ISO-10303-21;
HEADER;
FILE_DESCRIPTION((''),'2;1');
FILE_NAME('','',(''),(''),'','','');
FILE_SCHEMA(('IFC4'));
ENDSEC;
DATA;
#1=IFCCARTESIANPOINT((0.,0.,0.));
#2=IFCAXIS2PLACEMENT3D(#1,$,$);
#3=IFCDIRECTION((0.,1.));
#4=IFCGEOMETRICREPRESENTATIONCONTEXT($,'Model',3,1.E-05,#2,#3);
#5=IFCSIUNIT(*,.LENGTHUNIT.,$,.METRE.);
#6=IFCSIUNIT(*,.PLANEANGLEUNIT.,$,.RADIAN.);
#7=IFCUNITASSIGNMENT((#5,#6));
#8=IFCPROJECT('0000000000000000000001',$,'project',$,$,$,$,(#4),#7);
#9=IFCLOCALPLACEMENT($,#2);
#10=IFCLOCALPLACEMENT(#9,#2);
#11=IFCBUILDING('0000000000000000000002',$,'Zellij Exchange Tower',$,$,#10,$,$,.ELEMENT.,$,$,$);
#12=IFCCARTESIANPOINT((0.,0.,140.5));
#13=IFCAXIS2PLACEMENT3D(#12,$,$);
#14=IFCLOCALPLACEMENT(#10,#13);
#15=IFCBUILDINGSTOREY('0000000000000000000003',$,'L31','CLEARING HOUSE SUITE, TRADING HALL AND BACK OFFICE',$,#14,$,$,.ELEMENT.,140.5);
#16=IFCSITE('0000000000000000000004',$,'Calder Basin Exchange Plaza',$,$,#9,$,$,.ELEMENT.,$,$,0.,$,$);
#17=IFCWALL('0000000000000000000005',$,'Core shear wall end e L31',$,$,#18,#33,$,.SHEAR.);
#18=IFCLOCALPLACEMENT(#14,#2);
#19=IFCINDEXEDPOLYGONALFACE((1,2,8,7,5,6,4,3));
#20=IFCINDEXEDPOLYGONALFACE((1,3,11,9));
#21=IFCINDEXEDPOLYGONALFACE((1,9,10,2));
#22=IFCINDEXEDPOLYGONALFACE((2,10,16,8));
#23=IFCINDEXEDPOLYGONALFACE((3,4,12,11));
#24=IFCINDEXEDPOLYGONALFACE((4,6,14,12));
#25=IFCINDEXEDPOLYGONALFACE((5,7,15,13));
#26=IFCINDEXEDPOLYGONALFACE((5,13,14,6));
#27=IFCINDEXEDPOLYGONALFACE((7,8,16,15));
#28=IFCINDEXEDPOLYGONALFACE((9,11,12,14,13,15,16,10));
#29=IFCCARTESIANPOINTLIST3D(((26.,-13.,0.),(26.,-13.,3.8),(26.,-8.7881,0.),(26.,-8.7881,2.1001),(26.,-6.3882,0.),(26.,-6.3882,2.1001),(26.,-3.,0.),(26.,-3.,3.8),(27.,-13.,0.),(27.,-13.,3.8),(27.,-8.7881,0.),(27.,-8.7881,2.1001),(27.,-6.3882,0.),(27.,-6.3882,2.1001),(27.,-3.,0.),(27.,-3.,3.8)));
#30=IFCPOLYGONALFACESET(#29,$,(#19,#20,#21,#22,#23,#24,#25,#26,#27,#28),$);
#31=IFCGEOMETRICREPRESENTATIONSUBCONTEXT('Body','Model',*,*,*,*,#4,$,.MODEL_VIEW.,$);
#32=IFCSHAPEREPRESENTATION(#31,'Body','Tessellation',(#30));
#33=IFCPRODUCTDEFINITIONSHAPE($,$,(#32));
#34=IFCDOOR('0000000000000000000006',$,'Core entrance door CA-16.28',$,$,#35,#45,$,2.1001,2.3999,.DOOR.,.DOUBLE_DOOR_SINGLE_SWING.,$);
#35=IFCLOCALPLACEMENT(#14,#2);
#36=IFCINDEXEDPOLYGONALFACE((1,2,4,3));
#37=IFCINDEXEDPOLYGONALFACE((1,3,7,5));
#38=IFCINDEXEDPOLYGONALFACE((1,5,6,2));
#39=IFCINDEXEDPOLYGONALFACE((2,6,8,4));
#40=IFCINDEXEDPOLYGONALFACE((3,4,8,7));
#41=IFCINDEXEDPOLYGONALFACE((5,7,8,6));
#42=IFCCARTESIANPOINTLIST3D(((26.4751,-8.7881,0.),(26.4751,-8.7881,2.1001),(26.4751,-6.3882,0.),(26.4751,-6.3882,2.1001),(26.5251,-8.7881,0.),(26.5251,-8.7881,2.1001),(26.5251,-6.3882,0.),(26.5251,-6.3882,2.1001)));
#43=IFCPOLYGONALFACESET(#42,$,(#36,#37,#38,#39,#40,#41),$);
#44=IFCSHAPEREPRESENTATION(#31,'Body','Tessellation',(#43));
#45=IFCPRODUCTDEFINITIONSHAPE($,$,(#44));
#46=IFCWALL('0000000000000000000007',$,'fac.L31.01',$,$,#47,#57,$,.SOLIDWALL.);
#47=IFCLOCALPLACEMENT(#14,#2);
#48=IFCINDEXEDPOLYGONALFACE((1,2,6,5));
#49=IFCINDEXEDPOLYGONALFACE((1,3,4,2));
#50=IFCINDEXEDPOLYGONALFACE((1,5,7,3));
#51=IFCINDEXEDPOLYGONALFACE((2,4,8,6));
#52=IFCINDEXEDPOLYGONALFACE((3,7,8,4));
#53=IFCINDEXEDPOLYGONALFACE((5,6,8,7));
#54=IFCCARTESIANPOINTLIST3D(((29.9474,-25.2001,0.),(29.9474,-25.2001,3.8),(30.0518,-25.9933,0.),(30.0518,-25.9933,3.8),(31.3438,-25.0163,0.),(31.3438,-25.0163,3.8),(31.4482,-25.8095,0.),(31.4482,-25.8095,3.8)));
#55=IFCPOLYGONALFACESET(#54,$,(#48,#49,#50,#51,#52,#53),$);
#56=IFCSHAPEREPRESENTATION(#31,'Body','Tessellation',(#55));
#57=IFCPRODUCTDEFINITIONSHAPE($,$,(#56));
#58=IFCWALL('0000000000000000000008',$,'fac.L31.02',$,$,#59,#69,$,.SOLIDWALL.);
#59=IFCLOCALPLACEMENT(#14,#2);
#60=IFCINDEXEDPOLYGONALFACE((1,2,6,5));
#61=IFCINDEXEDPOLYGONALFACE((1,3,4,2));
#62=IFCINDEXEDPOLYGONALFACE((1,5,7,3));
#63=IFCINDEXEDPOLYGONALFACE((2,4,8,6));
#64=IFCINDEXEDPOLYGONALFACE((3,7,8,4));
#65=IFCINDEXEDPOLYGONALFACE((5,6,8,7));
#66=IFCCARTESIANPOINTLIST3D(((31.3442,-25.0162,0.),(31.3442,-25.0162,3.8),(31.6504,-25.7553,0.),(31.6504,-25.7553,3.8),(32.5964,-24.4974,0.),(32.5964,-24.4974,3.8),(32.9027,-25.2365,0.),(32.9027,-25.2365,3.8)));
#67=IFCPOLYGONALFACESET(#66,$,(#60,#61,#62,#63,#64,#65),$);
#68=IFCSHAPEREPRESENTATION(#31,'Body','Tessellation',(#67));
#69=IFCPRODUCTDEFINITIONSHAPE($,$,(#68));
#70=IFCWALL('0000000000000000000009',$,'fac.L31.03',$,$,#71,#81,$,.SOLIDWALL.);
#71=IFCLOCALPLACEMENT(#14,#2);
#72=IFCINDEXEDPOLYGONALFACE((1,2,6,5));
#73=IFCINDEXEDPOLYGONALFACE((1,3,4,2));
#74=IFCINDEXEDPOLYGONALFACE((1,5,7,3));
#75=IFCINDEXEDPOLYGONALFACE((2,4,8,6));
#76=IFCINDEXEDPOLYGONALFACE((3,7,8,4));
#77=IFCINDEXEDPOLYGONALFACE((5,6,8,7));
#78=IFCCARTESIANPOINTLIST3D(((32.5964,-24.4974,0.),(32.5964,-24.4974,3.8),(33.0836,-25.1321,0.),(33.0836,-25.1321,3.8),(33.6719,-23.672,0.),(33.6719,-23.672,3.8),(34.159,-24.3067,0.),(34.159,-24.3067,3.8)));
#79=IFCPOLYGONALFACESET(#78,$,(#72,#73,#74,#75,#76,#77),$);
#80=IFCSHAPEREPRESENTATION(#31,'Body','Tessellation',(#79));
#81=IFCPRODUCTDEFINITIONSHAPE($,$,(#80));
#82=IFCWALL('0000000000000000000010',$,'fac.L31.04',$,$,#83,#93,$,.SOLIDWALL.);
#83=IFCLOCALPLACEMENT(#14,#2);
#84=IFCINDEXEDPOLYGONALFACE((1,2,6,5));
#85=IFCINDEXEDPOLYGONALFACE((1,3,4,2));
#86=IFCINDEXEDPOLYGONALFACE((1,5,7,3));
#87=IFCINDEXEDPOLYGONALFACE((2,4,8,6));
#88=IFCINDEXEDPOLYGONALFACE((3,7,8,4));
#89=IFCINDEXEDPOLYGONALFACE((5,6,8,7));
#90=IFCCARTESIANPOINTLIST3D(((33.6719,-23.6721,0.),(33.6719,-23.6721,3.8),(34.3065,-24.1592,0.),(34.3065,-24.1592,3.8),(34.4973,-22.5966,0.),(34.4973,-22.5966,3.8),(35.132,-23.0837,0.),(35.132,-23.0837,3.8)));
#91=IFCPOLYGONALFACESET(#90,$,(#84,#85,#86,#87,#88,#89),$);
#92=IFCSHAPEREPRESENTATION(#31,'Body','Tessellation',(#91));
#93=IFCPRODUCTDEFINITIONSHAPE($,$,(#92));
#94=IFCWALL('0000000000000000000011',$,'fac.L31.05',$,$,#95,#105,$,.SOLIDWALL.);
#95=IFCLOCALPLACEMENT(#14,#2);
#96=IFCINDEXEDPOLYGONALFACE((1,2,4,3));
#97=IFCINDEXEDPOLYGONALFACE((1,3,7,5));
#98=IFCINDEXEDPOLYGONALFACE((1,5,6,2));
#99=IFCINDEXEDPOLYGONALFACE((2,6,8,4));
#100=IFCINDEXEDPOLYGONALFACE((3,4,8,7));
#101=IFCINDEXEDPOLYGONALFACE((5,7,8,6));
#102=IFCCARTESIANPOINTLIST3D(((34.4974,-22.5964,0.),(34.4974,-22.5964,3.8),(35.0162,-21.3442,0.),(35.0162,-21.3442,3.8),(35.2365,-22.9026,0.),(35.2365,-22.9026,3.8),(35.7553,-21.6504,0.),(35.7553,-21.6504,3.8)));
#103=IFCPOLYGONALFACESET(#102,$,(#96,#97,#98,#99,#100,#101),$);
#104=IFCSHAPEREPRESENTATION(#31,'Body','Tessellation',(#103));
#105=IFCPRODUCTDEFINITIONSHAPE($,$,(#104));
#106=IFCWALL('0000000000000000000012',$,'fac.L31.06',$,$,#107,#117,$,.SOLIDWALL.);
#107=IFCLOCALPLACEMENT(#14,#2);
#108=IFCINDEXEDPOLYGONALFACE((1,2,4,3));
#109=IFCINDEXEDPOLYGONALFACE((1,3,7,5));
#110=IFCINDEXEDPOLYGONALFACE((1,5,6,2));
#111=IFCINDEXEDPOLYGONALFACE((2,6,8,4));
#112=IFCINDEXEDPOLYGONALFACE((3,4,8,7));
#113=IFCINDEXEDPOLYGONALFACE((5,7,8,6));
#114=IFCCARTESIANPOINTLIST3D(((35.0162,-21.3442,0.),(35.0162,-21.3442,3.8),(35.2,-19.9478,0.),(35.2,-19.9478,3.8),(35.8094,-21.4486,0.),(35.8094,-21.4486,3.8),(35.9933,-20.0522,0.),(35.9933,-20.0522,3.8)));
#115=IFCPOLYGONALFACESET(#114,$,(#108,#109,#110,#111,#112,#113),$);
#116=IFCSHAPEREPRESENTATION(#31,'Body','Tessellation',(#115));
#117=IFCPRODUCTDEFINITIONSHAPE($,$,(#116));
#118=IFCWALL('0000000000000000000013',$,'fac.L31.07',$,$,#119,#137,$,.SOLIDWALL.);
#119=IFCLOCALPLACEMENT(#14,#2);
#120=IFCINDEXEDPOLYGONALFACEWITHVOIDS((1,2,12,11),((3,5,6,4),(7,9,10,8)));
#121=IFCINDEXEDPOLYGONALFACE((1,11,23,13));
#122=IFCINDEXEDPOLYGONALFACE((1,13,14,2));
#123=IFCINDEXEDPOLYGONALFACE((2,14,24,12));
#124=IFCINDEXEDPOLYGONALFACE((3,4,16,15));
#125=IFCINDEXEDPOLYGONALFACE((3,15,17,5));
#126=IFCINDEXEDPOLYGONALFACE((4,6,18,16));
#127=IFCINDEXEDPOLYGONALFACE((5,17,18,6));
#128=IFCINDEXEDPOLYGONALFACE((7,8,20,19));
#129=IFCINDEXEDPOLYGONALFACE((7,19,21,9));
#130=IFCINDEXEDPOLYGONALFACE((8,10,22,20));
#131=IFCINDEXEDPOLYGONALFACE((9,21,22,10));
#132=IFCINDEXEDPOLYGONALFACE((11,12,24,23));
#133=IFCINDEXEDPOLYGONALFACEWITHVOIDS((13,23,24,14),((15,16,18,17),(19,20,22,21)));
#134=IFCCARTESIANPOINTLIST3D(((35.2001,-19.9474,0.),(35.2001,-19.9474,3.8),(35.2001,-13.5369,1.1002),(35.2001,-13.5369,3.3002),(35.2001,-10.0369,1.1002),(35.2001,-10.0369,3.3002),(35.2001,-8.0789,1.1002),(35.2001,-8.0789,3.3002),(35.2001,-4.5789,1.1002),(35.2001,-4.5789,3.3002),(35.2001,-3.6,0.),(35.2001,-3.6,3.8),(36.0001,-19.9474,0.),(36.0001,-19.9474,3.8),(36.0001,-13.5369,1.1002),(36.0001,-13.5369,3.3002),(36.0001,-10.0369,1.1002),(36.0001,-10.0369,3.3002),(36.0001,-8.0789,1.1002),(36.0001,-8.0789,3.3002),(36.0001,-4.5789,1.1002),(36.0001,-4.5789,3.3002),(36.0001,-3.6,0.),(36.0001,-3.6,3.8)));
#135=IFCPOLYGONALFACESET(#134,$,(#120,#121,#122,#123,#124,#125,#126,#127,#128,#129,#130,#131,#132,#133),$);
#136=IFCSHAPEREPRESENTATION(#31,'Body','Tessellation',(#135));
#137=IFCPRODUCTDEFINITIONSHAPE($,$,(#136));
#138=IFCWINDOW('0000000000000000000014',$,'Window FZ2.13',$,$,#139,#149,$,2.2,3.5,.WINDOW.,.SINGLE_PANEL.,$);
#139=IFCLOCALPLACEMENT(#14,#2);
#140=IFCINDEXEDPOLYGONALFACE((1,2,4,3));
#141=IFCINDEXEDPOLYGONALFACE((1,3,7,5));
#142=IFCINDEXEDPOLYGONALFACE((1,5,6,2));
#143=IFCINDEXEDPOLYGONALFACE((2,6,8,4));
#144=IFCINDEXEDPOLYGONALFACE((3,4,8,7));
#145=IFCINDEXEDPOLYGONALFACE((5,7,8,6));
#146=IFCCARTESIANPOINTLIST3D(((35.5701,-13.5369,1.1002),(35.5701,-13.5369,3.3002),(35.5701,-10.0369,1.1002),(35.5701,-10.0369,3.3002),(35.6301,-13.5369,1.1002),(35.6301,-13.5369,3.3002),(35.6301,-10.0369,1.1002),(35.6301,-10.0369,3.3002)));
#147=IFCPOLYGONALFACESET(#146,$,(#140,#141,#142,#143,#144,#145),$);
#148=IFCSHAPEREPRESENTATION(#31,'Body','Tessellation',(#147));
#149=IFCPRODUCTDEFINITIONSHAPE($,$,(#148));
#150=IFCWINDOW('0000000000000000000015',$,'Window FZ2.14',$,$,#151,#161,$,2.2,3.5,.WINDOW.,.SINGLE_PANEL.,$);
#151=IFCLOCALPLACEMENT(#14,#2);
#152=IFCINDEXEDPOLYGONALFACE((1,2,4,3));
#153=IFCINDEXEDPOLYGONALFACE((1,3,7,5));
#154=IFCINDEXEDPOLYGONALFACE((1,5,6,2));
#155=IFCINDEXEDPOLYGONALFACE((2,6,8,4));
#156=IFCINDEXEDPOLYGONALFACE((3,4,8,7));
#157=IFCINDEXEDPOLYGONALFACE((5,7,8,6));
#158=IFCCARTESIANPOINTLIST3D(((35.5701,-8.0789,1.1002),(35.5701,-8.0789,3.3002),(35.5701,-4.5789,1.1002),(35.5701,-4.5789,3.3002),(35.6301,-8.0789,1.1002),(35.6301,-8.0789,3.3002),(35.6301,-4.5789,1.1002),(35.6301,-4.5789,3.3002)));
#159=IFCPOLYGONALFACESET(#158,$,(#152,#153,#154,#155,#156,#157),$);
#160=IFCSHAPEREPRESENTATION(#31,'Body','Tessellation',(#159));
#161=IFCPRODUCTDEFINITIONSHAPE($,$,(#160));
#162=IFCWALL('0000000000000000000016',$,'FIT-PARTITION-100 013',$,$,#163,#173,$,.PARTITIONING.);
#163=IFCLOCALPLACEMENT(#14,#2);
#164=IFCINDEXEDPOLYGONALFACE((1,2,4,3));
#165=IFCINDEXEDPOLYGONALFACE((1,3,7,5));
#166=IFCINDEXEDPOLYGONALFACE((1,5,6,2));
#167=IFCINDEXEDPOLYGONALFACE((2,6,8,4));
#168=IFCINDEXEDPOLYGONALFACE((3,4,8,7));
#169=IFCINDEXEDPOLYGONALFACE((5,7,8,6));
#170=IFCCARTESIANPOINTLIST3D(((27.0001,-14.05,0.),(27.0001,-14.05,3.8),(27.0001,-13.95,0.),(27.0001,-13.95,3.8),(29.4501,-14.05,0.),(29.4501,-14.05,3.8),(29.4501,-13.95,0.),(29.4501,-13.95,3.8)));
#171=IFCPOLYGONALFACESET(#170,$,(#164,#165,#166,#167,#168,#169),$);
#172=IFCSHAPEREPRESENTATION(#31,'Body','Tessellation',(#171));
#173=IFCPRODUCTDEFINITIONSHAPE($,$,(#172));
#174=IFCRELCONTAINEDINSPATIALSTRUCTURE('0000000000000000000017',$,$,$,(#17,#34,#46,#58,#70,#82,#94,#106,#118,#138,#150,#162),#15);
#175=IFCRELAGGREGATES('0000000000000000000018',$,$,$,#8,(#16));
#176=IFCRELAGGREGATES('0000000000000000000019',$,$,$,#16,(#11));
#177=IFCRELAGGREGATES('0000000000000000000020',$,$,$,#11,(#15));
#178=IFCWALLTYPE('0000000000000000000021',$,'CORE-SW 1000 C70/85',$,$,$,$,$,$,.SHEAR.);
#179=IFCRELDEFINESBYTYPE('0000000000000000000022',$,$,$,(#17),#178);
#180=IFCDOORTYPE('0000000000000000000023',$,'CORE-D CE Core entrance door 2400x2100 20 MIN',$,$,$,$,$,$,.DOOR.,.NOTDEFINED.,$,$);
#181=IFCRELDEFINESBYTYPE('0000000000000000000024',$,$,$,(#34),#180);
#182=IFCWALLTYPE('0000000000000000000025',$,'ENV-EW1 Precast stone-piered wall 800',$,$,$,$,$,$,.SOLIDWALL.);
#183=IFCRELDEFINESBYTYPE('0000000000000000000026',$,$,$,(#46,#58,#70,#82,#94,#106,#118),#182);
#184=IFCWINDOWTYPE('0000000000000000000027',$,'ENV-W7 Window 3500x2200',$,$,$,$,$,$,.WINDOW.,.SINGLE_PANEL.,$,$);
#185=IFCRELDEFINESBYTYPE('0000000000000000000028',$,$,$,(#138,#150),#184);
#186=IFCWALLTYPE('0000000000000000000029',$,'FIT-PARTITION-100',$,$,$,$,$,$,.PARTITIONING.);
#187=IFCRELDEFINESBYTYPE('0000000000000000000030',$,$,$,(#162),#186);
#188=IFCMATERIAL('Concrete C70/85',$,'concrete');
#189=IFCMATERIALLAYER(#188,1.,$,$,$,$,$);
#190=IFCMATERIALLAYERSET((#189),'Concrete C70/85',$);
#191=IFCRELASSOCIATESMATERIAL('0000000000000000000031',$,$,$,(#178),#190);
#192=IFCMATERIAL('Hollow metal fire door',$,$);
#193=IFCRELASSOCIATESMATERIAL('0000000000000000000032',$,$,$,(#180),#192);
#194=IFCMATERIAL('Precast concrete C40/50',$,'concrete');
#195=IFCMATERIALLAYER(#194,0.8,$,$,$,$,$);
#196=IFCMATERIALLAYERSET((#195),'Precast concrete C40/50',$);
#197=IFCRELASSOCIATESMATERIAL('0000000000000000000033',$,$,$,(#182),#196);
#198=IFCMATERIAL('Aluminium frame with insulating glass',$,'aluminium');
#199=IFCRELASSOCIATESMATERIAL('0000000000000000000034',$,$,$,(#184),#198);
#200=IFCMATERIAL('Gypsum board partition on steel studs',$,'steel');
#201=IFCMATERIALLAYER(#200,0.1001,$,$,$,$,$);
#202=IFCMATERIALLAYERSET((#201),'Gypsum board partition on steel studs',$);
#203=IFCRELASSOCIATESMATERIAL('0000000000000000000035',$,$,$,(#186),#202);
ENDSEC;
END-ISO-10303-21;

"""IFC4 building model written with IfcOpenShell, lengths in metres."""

from ifc_helpers import new_model, si_unit, direction, frame, frame_2d, origin, place, context, subcontext, project, spatial, rectangle, extrude, material, layer, layer_set, type_object, element, fill, save


model = new_model("IFC4")

# Units and contexts
model_context = context("Model", 3, precision=1e-05, world=origin(), true_north=direction((0.0, 1.0)))
body_context = subcontext(model_context, "Body", "Model", "MODEL_VIEW")
ifc_project = project(units=[si_unit("LENGTHUNIT", "METRE"), si_unit("PLANEANGLEUNIT", "RADIAN")], contexts=[model_context])

# Site, building, storey
site_placement = place(None, origin())
site = spatial("IfcSite", under=ifc_project, at=site_placement, Name="Calder Basin Exchange Plaza", CompositionType="ELEMENT", RefElevation=0.0)
building_placement = place(site_placement, origin())
building = spatial("IfcBuilding", under=site, at=building_placement, Name="Zellij Exchange Tower", CompositionType="ELEMENT")
storey_placement = place(building_placement, frame((0.0, 0.0, 140.5)))
storey = spatial("IfcBuildingStorey", under=building, at=storey_placement, Name="L31", Description="CLEARING HOUSE SUITE, TRADING HALL AND BACK OFFICE", CompositionType="ELEMENT", Elevation=140.5)

# Shared definitions
ifc_material_1 = material(Name="Concrete C70/85", Category="concrete")

# Wall, opening, door
ifc_layer_1 = layer(ifc_material_1, 1.0)
ifc_layer_set_1 = layer_set([ifc_layer_1], Name="Concrete C70/85")
wall_type_1 = type_object("IfcWallType", Name="CORE-SW 1000 C70/85", PredefinedType="SHEAR", material=ifc_layer_set_1)
wall_1_placement = place(storey_placement, frame((26.5, -13.0, 0.0), z_axis=(0.0, 0.0, 1.0), x_axis=(0.0, 1.0, 0.0)))
wall_1 = element("IfcWall", 1, at=wall_1_placement, inside=storey, type_object=wall_type_1, Name="Core shear wall end e L31", PredefinedType="SHEAR", context=body_context, shape_type="SweptSolid", body=[
    extrude(rectangle(XDim=10.0, YDim=1.0, at=frame_2d((5.0, 0.0))), origin(), (0.0, 0.0, 1.0), 3.8),
])
opening_1_placement = place(wall_1_placement, frame((4.2119, 0.0, 0.0)))
opening_1 = element("IfcOpeningElement", 2, at=opening_1_placement, cuts=wall_1, PredefinedType="OPENING", context=body_context, shape_type="SweptSolid", body=[
    extrude(rectangle(XDim=2.3999, YDim=2.1001, at=frame_2d((1.2, 1.05))), frame((0.0, 0.512, 0.0), z_axis=(0.0, -1.0, 0.0), x_axis=(1.0, 0.0, 0.0)), (0.0, 0.0, 1.0), 1.0239),
])
ifc_material_2 = material(Name="Hollow metal fire door")
door_type_1 = type_object("IfcDoorType", Name="CORE-D CE Core entrance door 2400x2100 20 MIN", OperationType="NOTDEFINED", PredefinedType="DOOR", material=ifc_material_2)
door_1_placement = place(opening_1_placement, origin())
door_1 = element("IfcDoor", 3, at=door_1_placement, inside=storey, type_object=door_type_1, Name="Core entrance door CA-16.28", OperationType="DOUBLE_DOOR_SINGLE_SWING", OverallHeight=2.1001, OverallWidth=2.3999, PredefinedType="DOOR", context=body_context, shape_type="SweptSolid", body=[
    extrude(rectangle(XDim=2.3999, YDim=2.1001, at=frame_2d((1.2, 1.05))), frame((0.0, 0.0249, 0.0), z_axis=(0.0, -1.0, 0.0), x_axis=(1.0, 0.0, 0.0)), (0.0, 0.0, 1.0), 0.05),
])
fill(opening_1, door_1)

# Walls
ifc_material_3 = material(Name="Precast concrete C40/50", Category="concrete")
ifc_layer_2 = layer(ifc_material_3, 0.8)
ifc_layer_set_2 = layer_set([ifc_layer_2], Name="Precast concrete C40/50")
wall_type_2 = type_object("IfcWallType", Name="ENV-EW1 Precast stone-piered wall 800", PredefinedType="SOLIDWALL", material=ifc_layer_set_2)
wall_2_placement = place(storey_placement, frame((29.9998, -25.5967, 0.0), z_axis=(0.0, 0.0, 1.0), x_axis=(0.991446, 0.130517, 0.0)))
element("IfcWall", 4, at=wall_2_placement, inside=storey, type_object=wall_type_2, Name="fac.L31.01", PredefinedType="SOLIDWALL", context=body_context, shape_type="SweptSolid", body=[
    extrude(rectangle(XDim=1.4084, YDim=0.8, at=frame_2d((0.7041, 0.0))), origin(), (0.0, 0.0, 1.0), 3.8),
])
wall_3_placement = place(storey_placement, frame((31.4973, -25.3857, 0.0), z_axis=(0.0, 0.0, 1.0), x_axis=(0.923848, 0.38276, 0.0)))
element("IfcWall", 5, at=wall_3_placement, inside=storey, type_object=wall_type_2, Name="fac.L31.02", PredefinedType="SOLIDWALL", context=body_context, shape_type="SweptSolid", body=[
    extrude(rectangle(XDim=1.3555, YDim=0.8, at=frame_2d((0.6777, 0.0))), origin(), (0.0, 0.0, 1.0), 3.8),
])
for number, where, z_axis, x_axis, name in (
    (6, (32.8401, -24.8147, 0.0), (0.0, 0.0, 1.0), (0.793273, 0.608866, 0.0), "fac.L31.03"),
    (7, (33.9893, -23.9155, 0.0), (0.0, 0.0, 1.0), (0.608866, 0.793273, 0.0), "fac.L31.04"),
):
    element("IfcWall", number, at=place(storey_placement, frame(where, z_axis=z_axis, x_axis=x_axis)), inside=storey, type_object=wall_type_2, Name=name, PredefinedType="SOLIDWALL", context=body_context, shape_type="SweptSolid", body=[
        extrude(rectangle(XDim=1.3557, YDim=0.8, at=frame_2d((0.6777, 0.0))), origin(), (0.0, 0.0, 1.0), 3.8),
    ])
wall_4_placement = place(storey_placement, frame((34.8669, -22.7495, 0.0), z_axis=(0.0, 0.0, 1.0), x_axis=(0.38276, 0.923848, 0.0)))
element("IfcWall", 8, at=wall_4_placement, inside=storey, type_object=wall_type_2, Name="fac.L31.05", PredefinedType="SOLIDWALL", context=body_context, shape_type="SweptSolid", body=[
    extrude(rectangle(XDim=1.3555, YDim=0.8, at=frame_2d((0.6777, 0.0))), origin(), (0.0, 0.0, 1.0), 3.8),
])
wall_5_placement = place(storey_placement, frame((35.4128, -21.3962, 0.0), z_axis=(0.0, 0.0, 1.0), x_axis=(0.130517, 0.991446, 0.0)))
element("IfcWall", 9, at=wall_5_placement, inside=storey, type_object=wall_type_2, Name="fac.L31.06", PredefinedType="SOLIDWALL", context=body_context, shape_type="SweptSolid", body=[
    extrude(rectangle(XDim=1.4084, YDim=0.8, at=frame_2d((0.7041, 0.0))), origin(), (0.0, 0.0, 1.0), 3.8),
])

# Wall, openings, windows
wall_6_placement = place(storey_placement, frame((35.6001, -19.9475, 0.0), z_axis=(0.0, 0.0, 1.0), x_axis=(0.0, 1.0, 0.0)))
wall_6 = element("IfcWall", 10, at=wall_6_placement, inside=storey, type_object=wall_type_2, Name="fac.L31.07", PredefinedType="SOLIDWALL", context=body_context, shape_type="SweptSolid", body=[
    extrude(rectangle(XDim=16.3474, YDim=0.8, at=frame_2d((8.1738, 0.0))), origin(), (0.0, 0.0, 1.0), 3.8),
])
opening_2_placement = place(wall_6_placement, frame((6.4106, 0.0, 1.1001)))
opening_2 = element("IfcOpeningElement", 11, at=opening_2_placement, cuts=wall_6, PredefinedType="OPENING", context=body_context, shape_type="SweptSolid", body=[
    extrude(rectangle(XDim=3.5, YDim=2.2, at=frame_2d((1.75, 1.1001))), frame((0.0, 0.4121, 0.0), z_axis=(0.0, -1.0, 0.0), x_axis=(1.0, 0.0, 0.0)), (0.0, 0.0, 1.0), 0.824),
])
opening_3_placement = place(wall_6_placement, frame((11.8687, 0.0, 1.1001)))
opening_3 = element("IfcOpeningElement", 12, at=opening_3_placement, cuts=wall_6, PredefinedType="OPENING", context=body_context, shape_type="SweptSolid", body=[
    extrude(rectangle(XDim=3.5, YDim=2.2, at=frame_2d((1.75, 1.1001))), frame((0.0, 0.4121, 0.0), z_axis=(0.0, -1.0, 0.0), x_axis=(1.0, 0.0, 0.0)), (0.0, 0.0, 1.0), 0.824),
])
ifc_material_4 = material(Name="Aluminium frame with insulating glass", Category="aluminium")
window_type = type_object("IfcWindowType", Name="ENV-W7 Window 3500x2200", PartitioningType="SINGLE_PANEL", PredefinedType="WINDOW", material=ifc_material_4)
window_1_placement = place(opening_2_placement, origin())
window_1 = element("IfcWindow", 13, at=window_1_placement, inside=storey, type_object=window_type, Name="Window FZ2.13", OverallHeight=2.2, OverallWidth=3.5, PartitioningType="SINGLE_PANEL", PredefinedType="WINDOW", context=body_context, shape_type="SweptSolid", body=[
    extrude(rectangle(XDim=3.5, YDim=2.2, at=frame_2d((1.75, 1.1001))), frame((0.0, 0.03, 0.0), z_axis=(0.0, -1.0, 0.0), x_axis=(1.0, 0.0, 0.0)), (0.0, 0.0, 1.0), 0.0601),
])
fill(opening_2, window_1)
window_2_placement = place(opening_3_placement, origin())
window_2 = element("IfcWindow", 14, at=window_2_placement, inside=storey, type_object=window_type, Name="Window FZ2.14", OverallHeight=2.2, OverallWidth=3.5, PartitioningType="SINGLE_PANEL", PredefinedType="WINDOW", context=body_context, shape_type="SweptSolid", body=[
    extrude(rectangle(XDim=3.5, YDim=2.2, at=frame_2d((1.75, 1.1001))), frame((0.0, 0.03, 0.0), z_axis=(0.0, -1.0, 0.0), x_axis=(1.0, 0.0, 0.0)), (0.0, 0.0, 1.0), 0.0601),
])
fill(opening_3, window_2)

# Wall
ifc_material_5 = material(Name="Gypsum board partition on steel studs", Category="steel")
ifc_layer_3 = layer(ifc_material_5, 0.1001)
ifc_layer_set_3 = layer_set([ifc_layer_3], Name="Gypsum board partition on steel studs")
wall_type_3 = type_object("IfcWallType", Name="FIT-PARTITION-100", PredefinedType="PARTITIONING", material=ifc_layer_set_3)
wall_7_placement = place(storey_placement, frame((27.0, -14.0, 0.0), z_axis=(0.0, 0.0, 1.0), x_axis=(1.0, 0.0, 0.0)))
element("IfcWall", 15, at=wall_7_placement, inside=storey, type_object=wall_type_3, Name="FIT-PARTITION-100 013", PredefinedType="PARTITIONING", context=body_context, shape_type="SweptSolid", body=[
    extrude(rectangle(XDim=2.45, YDim=0.1001, at=frame_2d((1.2251, 0.0))), origin(), (0.0, 0.0, 1.0), 3.8),
])

save(model, "model.ifc")
